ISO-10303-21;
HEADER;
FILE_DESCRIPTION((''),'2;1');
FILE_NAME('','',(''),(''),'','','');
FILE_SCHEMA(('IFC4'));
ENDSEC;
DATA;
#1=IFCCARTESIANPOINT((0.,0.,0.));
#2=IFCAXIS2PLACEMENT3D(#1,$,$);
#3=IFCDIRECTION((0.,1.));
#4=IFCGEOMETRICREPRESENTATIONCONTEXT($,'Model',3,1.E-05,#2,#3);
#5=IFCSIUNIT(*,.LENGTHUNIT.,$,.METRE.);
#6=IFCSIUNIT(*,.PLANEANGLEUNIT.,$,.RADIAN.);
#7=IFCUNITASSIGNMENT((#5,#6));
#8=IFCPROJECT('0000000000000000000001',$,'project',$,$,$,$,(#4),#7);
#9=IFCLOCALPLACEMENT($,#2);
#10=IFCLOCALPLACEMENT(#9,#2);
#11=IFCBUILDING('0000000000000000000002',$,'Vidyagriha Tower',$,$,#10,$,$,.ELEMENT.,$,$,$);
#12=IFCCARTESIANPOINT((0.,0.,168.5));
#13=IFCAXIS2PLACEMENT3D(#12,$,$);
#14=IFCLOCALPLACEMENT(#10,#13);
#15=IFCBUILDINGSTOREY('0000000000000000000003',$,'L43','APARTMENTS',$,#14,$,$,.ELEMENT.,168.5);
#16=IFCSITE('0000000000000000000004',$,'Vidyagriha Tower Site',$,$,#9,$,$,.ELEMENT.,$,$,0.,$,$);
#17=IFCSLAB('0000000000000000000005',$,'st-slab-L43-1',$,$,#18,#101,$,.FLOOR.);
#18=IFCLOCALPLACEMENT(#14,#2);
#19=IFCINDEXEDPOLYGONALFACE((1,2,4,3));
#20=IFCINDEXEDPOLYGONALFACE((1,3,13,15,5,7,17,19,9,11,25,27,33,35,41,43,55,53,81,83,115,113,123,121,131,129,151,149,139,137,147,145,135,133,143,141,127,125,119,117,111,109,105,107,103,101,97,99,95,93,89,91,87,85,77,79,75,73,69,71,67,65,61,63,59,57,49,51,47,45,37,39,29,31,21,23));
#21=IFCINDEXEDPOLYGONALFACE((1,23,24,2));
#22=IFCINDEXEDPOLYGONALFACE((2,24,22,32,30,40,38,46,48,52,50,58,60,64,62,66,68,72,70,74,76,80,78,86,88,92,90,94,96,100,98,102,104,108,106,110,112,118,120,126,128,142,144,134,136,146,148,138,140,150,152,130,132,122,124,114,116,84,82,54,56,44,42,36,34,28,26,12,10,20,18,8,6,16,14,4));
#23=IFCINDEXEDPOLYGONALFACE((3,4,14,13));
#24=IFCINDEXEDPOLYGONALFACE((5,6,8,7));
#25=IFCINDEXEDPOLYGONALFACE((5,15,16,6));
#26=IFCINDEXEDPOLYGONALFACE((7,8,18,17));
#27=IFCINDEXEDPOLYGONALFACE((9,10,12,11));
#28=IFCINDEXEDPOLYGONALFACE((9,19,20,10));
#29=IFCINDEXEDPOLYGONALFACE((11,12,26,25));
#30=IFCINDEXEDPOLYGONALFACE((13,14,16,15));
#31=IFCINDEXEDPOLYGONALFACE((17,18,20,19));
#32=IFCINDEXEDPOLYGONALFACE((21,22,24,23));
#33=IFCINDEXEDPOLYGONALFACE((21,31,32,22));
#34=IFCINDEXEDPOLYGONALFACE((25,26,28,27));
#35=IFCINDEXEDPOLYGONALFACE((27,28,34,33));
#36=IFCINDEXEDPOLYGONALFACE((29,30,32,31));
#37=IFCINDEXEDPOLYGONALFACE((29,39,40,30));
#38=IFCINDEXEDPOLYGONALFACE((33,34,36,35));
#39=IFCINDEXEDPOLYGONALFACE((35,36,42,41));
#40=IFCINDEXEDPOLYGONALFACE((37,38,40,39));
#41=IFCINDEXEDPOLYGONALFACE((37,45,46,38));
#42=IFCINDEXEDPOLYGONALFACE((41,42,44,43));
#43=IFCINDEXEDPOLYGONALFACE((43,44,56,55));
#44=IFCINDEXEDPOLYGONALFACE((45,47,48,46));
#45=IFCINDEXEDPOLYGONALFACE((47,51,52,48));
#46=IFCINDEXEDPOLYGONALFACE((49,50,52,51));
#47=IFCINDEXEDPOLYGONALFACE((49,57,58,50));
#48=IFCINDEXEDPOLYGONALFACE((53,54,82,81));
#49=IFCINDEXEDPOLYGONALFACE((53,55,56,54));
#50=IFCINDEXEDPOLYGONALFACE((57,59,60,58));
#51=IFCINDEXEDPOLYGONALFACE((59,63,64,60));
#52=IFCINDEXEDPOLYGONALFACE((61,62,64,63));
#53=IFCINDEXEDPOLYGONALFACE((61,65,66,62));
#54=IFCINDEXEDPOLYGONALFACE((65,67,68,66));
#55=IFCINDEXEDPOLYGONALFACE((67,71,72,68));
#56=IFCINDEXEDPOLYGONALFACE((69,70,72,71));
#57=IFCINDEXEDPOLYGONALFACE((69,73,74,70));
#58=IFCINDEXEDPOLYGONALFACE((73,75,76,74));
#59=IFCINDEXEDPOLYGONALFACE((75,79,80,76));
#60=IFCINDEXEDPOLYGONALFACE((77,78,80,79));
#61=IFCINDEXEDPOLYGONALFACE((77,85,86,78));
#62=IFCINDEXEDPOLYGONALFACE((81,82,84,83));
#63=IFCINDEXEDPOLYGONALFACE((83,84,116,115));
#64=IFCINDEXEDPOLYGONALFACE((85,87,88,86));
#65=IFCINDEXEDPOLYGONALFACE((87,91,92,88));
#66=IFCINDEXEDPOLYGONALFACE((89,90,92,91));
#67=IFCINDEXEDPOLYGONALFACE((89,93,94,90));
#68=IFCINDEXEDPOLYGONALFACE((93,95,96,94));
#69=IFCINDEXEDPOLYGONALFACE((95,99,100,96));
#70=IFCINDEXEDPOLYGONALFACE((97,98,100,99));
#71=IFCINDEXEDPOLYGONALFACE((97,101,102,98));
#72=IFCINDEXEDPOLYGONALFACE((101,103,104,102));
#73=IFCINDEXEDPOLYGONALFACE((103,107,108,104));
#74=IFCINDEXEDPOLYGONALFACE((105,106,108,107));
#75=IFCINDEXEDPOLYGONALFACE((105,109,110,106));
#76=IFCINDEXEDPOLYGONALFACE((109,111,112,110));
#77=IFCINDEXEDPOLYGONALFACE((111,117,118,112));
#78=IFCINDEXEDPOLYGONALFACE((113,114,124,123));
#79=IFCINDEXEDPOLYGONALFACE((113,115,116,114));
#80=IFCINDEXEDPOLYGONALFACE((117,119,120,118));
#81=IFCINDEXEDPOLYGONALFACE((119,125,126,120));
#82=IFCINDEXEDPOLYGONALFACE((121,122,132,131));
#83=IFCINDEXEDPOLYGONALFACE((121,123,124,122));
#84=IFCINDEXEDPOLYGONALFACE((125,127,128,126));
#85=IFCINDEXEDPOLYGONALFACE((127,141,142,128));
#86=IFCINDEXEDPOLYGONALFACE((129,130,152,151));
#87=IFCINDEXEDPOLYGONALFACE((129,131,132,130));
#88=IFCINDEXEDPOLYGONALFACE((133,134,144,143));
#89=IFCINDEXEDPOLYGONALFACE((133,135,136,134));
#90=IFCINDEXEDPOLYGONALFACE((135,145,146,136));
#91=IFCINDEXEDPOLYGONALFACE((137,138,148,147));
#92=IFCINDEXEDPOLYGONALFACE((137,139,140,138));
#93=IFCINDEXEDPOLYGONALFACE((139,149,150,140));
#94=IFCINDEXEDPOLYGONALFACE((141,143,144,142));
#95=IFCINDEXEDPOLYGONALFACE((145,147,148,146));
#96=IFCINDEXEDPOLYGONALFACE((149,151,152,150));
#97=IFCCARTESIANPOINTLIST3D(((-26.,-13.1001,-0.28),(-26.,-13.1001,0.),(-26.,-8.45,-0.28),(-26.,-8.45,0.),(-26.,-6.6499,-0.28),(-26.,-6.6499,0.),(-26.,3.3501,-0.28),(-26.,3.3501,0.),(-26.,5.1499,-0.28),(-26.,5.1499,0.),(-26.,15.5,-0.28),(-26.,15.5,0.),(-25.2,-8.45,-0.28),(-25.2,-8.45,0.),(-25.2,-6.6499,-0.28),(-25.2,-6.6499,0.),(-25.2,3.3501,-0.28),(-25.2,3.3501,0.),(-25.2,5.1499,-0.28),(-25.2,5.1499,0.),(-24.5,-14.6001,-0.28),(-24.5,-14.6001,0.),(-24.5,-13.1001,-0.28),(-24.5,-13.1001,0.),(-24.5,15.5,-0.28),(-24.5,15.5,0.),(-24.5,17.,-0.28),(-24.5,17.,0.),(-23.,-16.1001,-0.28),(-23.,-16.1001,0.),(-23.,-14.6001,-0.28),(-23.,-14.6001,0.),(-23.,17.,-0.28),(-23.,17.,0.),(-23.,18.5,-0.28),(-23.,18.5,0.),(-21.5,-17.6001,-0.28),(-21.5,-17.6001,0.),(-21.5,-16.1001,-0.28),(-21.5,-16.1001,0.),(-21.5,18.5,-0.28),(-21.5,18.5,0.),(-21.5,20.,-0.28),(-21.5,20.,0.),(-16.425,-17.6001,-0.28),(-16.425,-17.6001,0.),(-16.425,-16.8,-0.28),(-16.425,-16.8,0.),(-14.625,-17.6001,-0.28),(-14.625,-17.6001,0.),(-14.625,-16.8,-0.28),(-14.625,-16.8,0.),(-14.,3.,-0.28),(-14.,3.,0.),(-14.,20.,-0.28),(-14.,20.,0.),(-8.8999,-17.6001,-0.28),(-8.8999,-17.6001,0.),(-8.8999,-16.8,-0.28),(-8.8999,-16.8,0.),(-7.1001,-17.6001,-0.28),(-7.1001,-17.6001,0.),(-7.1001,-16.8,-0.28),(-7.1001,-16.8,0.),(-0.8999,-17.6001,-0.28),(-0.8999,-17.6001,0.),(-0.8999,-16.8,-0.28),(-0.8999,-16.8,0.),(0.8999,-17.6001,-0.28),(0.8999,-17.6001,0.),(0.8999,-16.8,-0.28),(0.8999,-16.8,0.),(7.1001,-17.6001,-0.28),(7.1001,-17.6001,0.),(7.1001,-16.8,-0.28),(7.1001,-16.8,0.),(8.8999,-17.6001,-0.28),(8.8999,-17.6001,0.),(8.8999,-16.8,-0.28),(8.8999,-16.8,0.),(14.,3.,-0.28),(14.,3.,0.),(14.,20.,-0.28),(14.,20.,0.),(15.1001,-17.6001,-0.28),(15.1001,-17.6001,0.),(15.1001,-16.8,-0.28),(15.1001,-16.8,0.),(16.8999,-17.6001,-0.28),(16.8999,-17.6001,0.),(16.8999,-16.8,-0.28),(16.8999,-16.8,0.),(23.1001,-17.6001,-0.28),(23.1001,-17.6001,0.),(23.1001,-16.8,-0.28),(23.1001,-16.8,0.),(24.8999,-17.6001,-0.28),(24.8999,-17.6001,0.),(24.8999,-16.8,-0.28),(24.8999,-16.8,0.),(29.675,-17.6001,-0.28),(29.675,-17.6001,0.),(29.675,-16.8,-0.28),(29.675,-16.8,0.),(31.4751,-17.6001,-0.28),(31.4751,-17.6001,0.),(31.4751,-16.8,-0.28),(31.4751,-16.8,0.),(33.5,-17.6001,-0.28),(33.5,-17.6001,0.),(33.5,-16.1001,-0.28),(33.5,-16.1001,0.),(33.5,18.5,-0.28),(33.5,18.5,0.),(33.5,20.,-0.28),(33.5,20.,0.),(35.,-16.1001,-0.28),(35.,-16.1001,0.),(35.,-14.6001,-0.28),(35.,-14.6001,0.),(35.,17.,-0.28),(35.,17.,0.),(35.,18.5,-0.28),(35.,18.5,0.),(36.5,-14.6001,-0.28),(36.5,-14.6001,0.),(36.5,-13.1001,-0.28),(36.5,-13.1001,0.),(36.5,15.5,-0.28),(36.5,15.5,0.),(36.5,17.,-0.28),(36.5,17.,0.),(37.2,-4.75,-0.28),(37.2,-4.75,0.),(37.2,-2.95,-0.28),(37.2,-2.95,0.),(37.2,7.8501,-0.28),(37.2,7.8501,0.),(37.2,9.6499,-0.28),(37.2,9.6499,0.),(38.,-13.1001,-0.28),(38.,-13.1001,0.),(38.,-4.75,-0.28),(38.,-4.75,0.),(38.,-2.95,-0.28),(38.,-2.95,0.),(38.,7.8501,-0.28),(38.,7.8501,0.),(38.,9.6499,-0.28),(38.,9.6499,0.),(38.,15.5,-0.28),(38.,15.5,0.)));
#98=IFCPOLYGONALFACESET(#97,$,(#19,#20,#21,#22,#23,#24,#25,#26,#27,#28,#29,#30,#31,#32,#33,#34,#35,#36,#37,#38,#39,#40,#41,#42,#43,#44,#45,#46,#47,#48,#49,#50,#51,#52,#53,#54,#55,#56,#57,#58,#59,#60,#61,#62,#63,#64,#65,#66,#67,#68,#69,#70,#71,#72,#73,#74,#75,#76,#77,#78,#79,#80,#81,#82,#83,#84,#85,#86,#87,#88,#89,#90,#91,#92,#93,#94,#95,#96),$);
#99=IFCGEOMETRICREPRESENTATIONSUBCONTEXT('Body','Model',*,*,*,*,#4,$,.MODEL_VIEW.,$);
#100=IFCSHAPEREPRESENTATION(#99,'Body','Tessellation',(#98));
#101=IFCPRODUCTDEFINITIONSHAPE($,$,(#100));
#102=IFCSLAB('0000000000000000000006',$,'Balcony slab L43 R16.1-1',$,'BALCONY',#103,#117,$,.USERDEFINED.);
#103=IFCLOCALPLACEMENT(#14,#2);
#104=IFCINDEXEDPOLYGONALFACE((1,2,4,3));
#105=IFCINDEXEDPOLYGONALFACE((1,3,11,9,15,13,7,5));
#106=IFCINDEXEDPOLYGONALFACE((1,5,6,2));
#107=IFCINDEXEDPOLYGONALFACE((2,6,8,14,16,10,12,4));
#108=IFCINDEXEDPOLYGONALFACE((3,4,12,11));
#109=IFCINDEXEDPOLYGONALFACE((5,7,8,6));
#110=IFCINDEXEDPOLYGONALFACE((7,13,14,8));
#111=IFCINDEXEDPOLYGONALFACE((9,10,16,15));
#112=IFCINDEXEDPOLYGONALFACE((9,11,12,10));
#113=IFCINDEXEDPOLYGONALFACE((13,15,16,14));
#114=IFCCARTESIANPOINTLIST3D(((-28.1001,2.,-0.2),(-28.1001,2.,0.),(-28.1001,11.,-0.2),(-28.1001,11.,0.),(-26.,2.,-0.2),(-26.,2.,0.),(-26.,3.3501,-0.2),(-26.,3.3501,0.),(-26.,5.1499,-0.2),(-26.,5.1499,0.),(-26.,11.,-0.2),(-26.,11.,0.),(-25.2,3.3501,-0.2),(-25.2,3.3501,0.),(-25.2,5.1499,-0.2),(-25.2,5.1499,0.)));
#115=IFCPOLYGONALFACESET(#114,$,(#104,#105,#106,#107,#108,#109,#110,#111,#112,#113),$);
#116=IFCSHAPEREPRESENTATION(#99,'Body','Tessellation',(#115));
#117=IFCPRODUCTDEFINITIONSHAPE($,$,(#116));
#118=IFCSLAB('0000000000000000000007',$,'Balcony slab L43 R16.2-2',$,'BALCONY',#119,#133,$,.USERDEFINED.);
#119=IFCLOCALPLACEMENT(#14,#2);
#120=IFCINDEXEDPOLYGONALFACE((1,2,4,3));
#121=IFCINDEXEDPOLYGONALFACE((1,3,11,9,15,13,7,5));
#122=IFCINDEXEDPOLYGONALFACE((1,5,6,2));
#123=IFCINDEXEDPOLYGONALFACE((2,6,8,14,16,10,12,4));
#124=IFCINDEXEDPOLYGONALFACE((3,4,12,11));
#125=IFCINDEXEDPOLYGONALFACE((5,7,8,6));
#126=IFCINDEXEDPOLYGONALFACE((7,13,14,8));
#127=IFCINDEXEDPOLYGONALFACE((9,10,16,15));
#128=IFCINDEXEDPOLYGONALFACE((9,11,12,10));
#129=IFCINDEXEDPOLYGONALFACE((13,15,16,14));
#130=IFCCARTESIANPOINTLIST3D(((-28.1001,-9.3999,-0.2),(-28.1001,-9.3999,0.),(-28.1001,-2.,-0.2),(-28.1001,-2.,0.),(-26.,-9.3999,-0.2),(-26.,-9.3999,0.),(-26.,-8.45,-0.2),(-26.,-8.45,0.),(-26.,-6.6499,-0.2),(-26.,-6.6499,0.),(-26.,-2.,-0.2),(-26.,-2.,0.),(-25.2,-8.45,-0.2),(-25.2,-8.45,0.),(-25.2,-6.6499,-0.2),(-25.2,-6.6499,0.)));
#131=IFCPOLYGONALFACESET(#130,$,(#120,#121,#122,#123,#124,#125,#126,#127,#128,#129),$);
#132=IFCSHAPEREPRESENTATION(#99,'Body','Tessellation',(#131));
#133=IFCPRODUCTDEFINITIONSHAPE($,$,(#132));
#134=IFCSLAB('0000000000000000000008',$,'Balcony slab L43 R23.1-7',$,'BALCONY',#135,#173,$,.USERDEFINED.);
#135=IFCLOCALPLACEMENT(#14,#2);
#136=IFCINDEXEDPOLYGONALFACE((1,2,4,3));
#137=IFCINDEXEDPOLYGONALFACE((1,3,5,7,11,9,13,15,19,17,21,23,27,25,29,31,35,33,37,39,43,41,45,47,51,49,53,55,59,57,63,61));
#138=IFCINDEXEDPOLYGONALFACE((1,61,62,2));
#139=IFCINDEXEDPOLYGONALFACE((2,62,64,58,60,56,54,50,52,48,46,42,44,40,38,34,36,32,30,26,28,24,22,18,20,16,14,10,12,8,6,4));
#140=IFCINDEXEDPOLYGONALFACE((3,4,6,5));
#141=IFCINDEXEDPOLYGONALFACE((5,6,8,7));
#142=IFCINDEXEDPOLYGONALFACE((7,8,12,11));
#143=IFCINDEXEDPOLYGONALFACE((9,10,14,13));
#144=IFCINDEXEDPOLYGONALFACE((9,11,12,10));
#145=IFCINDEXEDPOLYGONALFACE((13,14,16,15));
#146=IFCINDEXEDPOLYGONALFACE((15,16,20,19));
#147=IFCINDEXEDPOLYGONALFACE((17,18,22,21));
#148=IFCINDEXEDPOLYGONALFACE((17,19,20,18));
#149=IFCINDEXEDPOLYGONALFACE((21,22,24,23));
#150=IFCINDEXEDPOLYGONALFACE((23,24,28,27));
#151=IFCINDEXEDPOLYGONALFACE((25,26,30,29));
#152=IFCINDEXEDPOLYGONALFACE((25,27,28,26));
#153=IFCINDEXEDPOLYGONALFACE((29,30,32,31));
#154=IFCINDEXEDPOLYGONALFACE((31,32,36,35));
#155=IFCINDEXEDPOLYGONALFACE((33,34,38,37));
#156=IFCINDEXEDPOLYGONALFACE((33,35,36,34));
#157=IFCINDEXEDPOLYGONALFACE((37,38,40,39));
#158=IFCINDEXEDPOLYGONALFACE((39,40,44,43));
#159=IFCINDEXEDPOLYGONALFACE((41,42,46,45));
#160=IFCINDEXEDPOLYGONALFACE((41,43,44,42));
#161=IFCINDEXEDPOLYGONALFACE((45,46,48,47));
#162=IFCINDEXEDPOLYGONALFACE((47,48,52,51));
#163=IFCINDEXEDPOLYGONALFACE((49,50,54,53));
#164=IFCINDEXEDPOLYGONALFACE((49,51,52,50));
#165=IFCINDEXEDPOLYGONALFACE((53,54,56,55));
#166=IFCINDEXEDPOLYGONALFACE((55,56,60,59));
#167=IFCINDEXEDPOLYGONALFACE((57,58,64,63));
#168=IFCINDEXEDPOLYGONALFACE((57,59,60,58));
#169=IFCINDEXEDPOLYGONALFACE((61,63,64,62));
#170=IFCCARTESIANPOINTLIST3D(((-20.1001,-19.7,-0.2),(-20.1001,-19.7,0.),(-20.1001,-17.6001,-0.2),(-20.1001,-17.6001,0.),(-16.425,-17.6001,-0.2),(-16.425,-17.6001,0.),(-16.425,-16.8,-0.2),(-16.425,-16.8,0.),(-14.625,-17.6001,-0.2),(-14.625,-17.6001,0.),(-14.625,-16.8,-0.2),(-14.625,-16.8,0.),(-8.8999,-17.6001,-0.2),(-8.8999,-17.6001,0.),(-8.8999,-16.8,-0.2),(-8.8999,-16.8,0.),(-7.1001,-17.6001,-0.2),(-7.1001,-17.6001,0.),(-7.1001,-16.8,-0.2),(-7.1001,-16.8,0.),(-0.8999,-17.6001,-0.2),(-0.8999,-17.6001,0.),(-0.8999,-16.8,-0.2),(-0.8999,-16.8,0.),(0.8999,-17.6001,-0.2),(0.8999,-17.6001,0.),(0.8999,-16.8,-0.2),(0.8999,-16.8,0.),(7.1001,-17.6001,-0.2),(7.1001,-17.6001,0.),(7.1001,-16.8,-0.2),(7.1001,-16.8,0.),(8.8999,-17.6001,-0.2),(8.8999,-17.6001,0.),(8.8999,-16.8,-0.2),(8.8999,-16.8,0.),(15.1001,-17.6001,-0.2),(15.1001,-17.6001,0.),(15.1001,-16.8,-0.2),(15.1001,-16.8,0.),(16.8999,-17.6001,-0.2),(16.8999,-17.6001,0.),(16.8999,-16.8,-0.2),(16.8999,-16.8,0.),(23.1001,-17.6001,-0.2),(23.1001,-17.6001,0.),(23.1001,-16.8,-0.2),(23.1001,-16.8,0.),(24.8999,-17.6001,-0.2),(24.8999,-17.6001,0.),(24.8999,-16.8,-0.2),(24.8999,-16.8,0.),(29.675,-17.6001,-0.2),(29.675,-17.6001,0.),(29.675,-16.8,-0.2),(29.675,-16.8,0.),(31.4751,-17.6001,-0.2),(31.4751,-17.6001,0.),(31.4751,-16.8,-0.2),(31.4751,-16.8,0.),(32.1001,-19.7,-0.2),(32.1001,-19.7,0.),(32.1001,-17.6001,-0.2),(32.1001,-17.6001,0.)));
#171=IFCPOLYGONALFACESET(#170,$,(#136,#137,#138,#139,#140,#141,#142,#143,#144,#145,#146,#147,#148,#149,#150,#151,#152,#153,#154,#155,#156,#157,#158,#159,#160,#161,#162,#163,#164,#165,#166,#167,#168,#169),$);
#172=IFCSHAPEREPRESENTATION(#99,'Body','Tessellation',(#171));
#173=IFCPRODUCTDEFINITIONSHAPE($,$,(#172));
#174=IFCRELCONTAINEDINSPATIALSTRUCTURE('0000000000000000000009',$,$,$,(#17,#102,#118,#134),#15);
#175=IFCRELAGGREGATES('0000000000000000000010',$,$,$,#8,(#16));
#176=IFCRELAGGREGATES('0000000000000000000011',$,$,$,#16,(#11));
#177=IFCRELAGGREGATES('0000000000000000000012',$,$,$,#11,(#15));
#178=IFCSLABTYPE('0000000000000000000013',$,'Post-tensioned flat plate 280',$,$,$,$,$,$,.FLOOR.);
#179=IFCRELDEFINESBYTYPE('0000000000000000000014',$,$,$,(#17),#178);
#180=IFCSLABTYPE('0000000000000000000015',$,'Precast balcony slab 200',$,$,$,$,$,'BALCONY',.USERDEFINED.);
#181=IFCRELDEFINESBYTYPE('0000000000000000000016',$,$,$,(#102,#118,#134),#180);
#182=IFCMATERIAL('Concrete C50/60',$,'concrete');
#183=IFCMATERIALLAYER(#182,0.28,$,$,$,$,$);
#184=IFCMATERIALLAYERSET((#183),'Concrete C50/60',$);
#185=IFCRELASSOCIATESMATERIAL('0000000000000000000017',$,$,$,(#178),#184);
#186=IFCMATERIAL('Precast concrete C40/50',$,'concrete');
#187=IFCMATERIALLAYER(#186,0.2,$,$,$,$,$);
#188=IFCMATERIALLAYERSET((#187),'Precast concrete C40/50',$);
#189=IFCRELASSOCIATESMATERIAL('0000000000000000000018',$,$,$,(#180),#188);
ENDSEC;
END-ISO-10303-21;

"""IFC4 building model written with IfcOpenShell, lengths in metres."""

from ifc_helpers import new_model, si_unit, direction, frame, origin, place, context, subcontext, project, spatial, polyline, outline, extrude, material, layer, layer_set, type_object, element, save


model = new_model("IFC4")

# Units and contexts
model_context = context("Model", 3, precision=1e-05, world=origin(), true_north=direction((0.0, 1.0)))
body_context = subcontext(model_context, "Body", "Model", "MODEL_VIEW")
ifc_project = project(units=[si_unit("LENGTHUNIT", "METRE"), si_unit("PLANEANGLEUNIT", "RADIAN")], contexts=[model_context])

# Site, building, storey
site_placement = place(None, origin())
site = spatial("IfcSite", under=ifc_project, at=site_placement, Name="Vidyagriha Tower Site", CompositionType="ELEMENT", RefElevation=0.0)
building_placement = place(site_placement, origin())
building = spatial("IfcBuilding", under=site, at=building_placement, Name="Vidyagriha Tower", CompositionType="ELEMENT")
storey_placement = place(building_placement, frame((0.0, 0.0, 168.5)))
storey = spatial("IfcBuildingStorey", under=building, at=storey_placement, Name="L43", Description="APARTMENTS", CompositionType="ELEMENT", Elevation=168.5)

# Slabs
ifc_material_1 = material(Name="Concrete C50/60", Category="concrete")
ifc_layer_1 = layer(ifc_material_1, 0.28)
ifc_layer_set_1 = layer_set([ifc_layer_1], Name="Concrete C50/60")
slab_type_1 = type_object("IfcSlabType", Name="Post-tensioned flat plate 280", PredefinedType="FLOOR", material=ifc_layer_set_1)
slab_1_placement = place(storey_placement, frame((0.0, 0.0, -0.28)))
element("IfcSlab", 1, at=slab_1_placement, inside=storey, type_object=slab_type_1, Name="st-slab-L43-1", PredefinedType="FLOOR", context=body_context, shape_type="SweptSolid", body=[
    extrude(outline(polyline([(36.5, -14.6001), (35.0, -14.6001), (35.0, -16.1001), (33.5, -16.1001), (33.5, -17.6001), (31.4751, -17.6001), (31.4751, -16.8), (29.675, -16.8), (29.675, -17.6001), (24.8999, -17.6001), (24.8999, -16.8), (23.1001, -16.8), (23.1001, -17.6001), (16.8999, -17.6001), (16.8999, -16.8), (15.1001, -16.8), (15.1001, -17.6001), (8.8999, -17.6001), (8.8999, -16.8), (7.1001, -16.8), (7.1001, -17.6001), (0.8999, -17.6001), (0.8999, -16.8), (-0.8999, -16.8), (-0.8999, -17.6001), (-7.1001, -17.6001), (-7.1001, -16.8), (-8.8999, -16.8), (-8.8999, -17.6001), (-14.625, -17.6001), (-14.625, -16.8), (-16.425, -16.8), (-16.425, -17.6001), (-21.5, -17.6001), (-21.5, -16.1001), (-23.0, -16.1001), (-23.0, -14.6001), (-24.5, -14.6001), (-24.5, -13.1001), (-26.0, -13.1001), (-26.0, -8.45), (-25.2, -8.45), (-25.2, -6.6499), (-26.0, -6.6499), (-26.0, 3.3501), (-25.2, 3.3501), (-25.2, 5.1499), (-26.0, 5.1499), (-26.0, 15.5), (-24.5, 15.5), (-24.5, 17.0), (-23.0, 17.0), (-23.0, 18.5), (-21.5, 18.5), (-21.5, 20.0), (-14.0, 20.0), (-14.0, 3.0), (14.0, 3.0), (14.0, 20.0), (33.5, 20.0), (33.5, 18.5), (35.0, 18.5), (35.0, 17.0), (36.5, 17.0), (36.5, 15.5), (38.0, 15.5), (38.0, 9.6499), (37.2, 9.6499), (37.2, 7.8501), (38.0, 7.8501), (38.0, -2.95), (37.2, -2.95), (37.2, -4.75), (38.0, -4.75), (38.0, -13.1001), (36.5, -13.1001), (36.5, -14.6001)])), origin(), (0.0, 0.0, 1.0), 0.28),
])
ifc_material_2 = material(Name="Precast concrete C40/50", Category="concrete")
ifc_layer_2 = layer(ifc_material_2, 0.2)
ifc_layer_set_2 = layer_set([ifc_layer_2], Name="Precast concrete C40/50")
slab_type_2 = type_object("IfcSlabType", Name="Precast balcony slab 200", ElementType="BALCONY", PredefinedType="USERDEFINED", material=ifc_layer_set_2)
slab_2_placement = place(storey_placement, frame((0.0, 0.0, -0.2)))
element("IfcSlab", 2, at=slab_2_placement, inside=storey, type_object=slab_type_2, Name="Balcony slab L43 R16.1-1", ObjectType="BALCONY", PredefinedType="USERDEFINED", context=body_context, shape_type="SweptSolid", body=[
    extrude(outline(polyline([(-25.2, 3.3501), (-25.2, 5.1499), (-26.0, 5.1499), (-26.0, 11.0), (-28.1001, 11.0), (-28.1001, 2.0), (-26.0, 2.0), (-26.0, 3.3501), (-25.2, 3.3501)])), origin(), (0.0, 0.0, 1.0), 0.2),
])
slab_3_placement = place(storey_placement, frame((0.0, 0.0, -0.2)))
element("IfcSlab", 3, at=slab_3_placement, inside=storey, type_object=slab_type_2, Name="Balcony slab L43 R16.2-2", ObjectType="BALCONY", PredefinedType="USERDEFINED", context=body_context, shape_type="SweptSolid", body=[
    extrude(outline(polyline([(-25.2, -8.45), (-25.2, -6.6499), (-26.0, -6.6499), (-26.0, -2.0), (-28.1001, -2.0), (-28.1001, -9.3999), (-26.0, -9.3999), (-26.0, -8.45), (-25.2, -8.45)])), origin(), (0.0, 0.0, 1.0), 0.2),
])
slab_4_placement = place(storey_placement, frame((0.0, 0.0, -0.2)))
element("IfcSlab", 4, at=slab_4_placement, inside=storey, type_object=slab_type_2, Name="Balcony slab L43 R23.1-7", ObjectType="BALCONY", PredefinedType="USERDEFINED", context=body_context, shape_type="SweptSolid", body=[
    extrude(outline(polyline([(-14.625, -16.8), (-16.425, -16.8), (-16.425, -17.6001), (-20.1001, -17.6001), (-20.1001, -19.7), (32.1001, -19.7), (32.1001, -17.6001), (31.4751, -17.6001), (31.4751, -16.8), (29.675, -16.8), (29.675, -17.6001), (24.8999, -17.6001), (24.8999, -16.8), (23.1001, -16.8), (23.1001, -17.6001), (16.8999, -17.6001), (16.8999, -16.8), (15.1001, -16.8), (15.1001, -17.6001), (8.8999, -17.6001), (8.8999, -16.8), (7.1001, -16.8), (7.1001, -17.6001), (0.8999, -17.6001), (0.8999, -16.8), (-0.8999, -16.8), (-0.8999, -17.6001), (-7.1001, -17.6001), (-7.1001, -16.8), (-8.8999, -16.8), (-8.8999, -17.6001), (-14.625, -17.6001), (-14.625, -16.8)])), origin(), (0.0, 0.0, 1.0), 0.2),
])

save(model, "model.ifc")
